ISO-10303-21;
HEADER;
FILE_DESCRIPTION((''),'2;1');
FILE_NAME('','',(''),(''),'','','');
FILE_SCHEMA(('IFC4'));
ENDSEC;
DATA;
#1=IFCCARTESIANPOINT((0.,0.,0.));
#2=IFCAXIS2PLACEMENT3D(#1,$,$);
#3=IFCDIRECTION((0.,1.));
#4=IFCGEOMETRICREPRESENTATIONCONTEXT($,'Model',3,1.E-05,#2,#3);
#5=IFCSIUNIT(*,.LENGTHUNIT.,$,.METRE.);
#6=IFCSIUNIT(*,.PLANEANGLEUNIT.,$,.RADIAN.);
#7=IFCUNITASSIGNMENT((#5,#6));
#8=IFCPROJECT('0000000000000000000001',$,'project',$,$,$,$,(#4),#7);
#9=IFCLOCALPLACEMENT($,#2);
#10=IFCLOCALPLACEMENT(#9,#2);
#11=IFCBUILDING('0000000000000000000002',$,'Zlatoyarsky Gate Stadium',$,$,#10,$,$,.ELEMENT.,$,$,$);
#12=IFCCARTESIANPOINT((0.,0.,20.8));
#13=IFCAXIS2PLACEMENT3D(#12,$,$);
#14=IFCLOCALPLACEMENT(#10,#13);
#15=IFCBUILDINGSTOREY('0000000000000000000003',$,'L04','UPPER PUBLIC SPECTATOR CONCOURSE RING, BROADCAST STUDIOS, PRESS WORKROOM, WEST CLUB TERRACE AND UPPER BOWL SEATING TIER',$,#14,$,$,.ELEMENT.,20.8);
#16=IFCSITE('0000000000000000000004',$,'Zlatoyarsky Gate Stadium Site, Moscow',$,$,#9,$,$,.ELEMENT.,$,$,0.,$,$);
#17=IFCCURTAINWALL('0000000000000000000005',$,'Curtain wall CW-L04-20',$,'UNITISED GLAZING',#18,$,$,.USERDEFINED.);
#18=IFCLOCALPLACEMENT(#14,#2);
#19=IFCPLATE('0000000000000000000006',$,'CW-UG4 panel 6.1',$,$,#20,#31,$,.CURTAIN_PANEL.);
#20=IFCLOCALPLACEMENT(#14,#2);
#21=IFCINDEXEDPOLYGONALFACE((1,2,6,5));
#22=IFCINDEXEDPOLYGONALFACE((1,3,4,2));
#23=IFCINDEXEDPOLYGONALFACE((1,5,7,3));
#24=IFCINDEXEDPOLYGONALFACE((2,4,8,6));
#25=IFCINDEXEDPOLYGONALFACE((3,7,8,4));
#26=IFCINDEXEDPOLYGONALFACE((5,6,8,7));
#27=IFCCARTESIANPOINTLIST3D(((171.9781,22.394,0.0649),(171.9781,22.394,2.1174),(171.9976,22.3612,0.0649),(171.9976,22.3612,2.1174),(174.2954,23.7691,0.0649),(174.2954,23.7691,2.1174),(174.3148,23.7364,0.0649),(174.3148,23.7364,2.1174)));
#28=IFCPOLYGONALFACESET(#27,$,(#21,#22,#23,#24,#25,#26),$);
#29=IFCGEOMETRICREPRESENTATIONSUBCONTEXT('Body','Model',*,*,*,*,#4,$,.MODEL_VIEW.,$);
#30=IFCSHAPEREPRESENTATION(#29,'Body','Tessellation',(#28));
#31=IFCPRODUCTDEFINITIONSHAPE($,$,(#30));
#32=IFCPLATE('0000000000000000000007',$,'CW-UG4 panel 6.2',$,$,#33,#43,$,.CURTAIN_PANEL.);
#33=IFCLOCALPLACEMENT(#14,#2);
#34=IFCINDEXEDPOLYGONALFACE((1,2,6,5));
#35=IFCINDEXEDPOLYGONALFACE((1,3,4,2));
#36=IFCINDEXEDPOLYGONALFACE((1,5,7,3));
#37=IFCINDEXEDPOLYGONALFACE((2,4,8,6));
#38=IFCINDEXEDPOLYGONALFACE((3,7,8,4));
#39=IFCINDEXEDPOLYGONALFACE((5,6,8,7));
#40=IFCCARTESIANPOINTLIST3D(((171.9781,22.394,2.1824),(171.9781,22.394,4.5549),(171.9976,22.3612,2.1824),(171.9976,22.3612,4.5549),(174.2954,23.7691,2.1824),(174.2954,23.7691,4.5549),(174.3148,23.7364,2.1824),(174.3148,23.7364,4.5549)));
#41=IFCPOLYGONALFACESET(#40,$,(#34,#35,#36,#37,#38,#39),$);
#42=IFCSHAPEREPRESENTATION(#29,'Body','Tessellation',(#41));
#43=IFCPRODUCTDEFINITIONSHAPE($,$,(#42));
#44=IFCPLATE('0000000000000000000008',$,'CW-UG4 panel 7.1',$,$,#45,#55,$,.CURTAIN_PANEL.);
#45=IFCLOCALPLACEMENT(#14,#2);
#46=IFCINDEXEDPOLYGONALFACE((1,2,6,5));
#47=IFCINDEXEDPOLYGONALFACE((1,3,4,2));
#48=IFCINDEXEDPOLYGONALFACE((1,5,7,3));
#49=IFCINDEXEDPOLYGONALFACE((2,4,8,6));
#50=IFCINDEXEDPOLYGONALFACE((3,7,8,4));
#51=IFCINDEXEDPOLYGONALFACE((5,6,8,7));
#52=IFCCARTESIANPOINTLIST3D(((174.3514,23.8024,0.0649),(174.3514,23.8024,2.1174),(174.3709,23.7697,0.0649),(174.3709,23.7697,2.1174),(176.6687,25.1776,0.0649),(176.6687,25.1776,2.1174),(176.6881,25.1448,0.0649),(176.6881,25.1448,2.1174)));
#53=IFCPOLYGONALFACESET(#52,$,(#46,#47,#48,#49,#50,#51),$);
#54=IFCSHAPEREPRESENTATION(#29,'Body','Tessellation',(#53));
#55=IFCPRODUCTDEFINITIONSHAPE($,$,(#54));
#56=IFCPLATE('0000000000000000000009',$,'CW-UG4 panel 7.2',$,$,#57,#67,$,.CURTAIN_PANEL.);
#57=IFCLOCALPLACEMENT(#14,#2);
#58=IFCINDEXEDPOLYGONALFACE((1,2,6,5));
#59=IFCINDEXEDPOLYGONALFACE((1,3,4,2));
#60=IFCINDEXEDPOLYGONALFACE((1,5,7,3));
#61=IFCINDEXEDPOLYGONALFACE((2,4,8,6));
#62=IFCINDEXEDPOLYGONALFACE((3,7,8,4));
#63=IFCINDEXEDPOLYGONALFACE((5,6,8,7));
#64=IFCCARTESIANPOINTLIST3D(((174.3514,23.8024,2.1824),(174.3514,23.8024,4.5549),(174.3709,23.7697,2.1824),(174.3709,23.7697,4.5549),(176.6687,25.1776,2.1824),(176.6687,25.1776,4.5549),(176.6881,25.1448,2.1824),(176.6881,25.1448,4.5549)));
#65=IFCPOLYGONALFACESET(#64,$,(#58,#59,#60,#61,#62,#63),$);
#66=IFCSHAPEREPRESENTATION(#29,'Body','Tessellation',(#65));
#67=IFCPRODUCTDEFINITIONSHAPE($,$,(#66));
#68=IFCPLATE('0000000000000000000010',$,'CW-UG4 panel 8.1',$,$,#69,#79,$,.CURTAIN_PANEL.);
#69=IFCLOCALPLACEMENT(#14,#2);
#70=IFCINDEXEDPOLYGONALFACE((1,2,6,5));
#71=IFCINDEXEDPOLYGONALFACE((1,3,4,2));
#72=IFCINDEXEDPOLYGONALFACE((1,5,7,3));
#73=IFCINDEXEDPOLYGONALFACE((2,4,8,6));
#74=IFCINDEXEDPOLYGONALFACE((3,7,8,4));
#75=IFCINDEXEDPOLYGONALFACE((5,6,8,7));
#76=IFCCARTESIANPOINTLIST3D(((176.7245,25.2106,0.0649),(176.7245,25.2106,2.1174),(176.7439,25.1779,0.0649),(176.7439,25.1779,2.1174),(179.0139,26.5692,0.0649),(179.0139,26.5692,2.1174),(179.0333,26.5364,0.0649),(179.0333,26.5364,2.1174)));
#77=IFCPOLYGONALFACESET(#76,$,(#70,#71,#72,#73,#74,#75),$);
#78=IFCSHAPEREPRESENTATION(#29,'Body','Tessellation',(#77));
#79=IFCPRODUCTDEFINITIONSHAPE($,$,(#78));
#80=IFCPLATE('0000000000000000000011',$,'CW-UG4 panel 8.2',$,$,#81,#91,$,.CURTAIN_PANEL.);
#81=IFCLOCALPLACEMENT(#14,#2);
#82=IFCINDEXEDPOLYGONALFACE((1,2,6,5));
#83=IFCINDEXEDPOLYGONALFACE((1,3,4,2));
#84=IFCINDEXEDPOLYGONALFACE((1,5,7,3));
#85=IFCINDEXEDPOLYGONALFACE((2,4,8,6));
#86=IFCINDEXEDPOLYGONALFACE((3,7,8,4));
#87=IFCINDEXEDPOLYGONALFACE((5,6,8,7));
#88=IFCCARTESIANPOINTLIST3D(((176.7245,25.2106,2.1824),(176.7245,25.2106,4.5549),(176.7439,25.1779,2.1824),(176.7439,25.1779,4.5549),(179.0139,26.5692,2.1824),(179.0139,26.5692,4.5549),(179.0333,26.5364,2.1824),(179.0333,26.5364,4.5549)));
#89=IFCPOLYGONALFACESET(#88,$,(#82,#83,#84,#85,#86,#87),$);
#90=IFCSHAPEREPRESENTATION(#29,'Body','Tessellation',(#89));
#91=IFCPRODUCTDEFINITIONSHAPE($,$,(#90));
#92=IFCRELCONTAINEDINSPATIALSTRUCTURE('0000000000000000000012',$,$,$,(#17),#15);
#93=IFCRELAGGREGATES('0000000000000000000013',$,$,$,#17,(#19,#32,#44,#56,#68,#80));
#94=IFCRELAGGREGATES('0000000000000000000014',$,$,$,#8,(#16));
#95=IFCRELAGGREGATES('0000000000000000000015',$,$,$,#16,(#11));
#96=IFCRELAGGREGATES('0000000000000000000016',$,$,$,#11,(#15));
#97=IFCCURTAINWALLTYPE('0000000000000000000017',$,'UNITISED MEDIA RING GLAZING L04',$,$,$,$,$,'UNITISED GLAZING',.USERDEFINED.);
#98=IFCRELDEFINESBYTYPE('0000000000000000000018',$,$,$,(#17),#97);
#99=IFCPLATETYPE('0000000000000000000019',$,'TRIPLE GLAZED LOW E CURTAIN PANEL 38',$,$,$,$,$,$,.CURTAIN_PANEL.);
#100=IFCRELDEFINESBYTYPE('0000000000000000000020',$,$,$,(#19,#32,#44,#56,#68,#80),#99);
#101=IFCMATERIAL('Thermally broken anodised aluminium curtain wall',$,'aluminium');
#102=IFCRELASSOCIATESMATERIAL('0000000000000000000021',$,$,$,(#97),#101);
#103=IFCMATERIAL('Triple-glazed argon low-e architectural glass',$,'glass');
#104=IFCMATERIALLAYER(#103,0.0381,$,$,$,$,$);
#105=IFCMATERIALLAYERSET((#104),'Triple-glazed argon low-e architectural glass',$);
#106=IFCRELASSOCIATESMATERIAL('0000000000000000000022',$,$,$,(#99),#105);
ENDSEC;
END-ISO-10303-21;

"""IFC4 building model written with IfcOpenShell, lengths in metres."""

from ifc_helpers import new_model, si_unit, direction, frame, origin, origin_2d, place, context, subcontext, project, spatial, rectangle, extrude, material, layer, layer_set, type_object, element, aggregate, save


model = new_model("IFC4")

# Units and contexts
model_context = context("Model", 3, precision=1e-05, world=origin(), true_north=direction((0.0, 1.0)))
body_context = subcontext(model_context, "Body", "Model", "MODEL_VIEW")
ifc_project = project(units=[si_unit("LENGTHUNIT", "METRE"), si_unit("PLANEANGLEUNIT", "RADIAN")], contexts=[model_context])

# Site, building, storey
site_placement = place(None, origin())
site = spatial("IfcSite", under=ifc_project, at=site_placement, Name="Zlatoyarsky Gate Stadium Site, Moscow", CompositionType="ELEMENT", RefElevation=0.0)
building_placement = place(site_placement, origin())
building = spatial("IfcBuilding", under=site, at=building_placement, Name="Zlatoyarsky Gate Stadium", CompositionType="ELEMENT")
storey_placement = place(building_placement, frame((0.0, 0.0, 20.8)))
storey = spatial("IfcBuildingStorey", under=building, at=storey_placement, Name="L04", Description="UPPER PUBLIC SPECTATOR CONCOURSE RING, BROADCAST STUDIOS, PRESS WORKROOM, WEST CLUB TERRACE AND UPPER BOWL SEATING TIER", CompositionType="ELEMENT", Elevation=20.8)

# Curtain wall
ifc_material_1 = material(Name="Thermally broken anodised aluminium curtain wall", Category="aluminium")
curtain_wall_type = type_object("IfcCurtainWallType", Name="UNITISED MEDIA RING GLAZING L04", ElementType="UNITISED GLAZING", PredefinedType="USERDEFINED", material=ifc_material_1)
curtain_wall_1_placement = place(storey_placement, origin())
curtain_wall_1 = element("IfcCurtainWall", 1, at=curtain_wall_1_placement, inside=storey, type_object=curtain_wall_type, Name="Curtain wall CW-L04-20", ObjectType="UNITISED GLAZING", PredefinedType="USERDEFINED")

# Plates
ifc_material_2 = material(Name="Triple-glazed argon low-e architectural glass", Category="glass")
ifc_layer_1 = layer(ifc_material_2, 0.0381)
ifc_layer_set_1 = layer_set([ifc_layer_1], Name="Triple-glazed argon low-e architectural glass")
plate_type_1 = type_object("IfcPlateType", Name="TRIPLE GLAZED LOW E CURTAIN PANEL 38", PredefinedType="CURTAIN_PANEL", material=ifc_layer_set_1)
plate_1_placement = place(storey_placement, frame((173.1465, 23.0652, 0.0649), z_axis=(0.0, 0.0, 1.0), x_axis=(0.859978, 0.51033, 0.0)))
plate_1 = element("IfcPlate", 2, at=plate_1_placement, type_object=plate_type_1, Name="CW-UG4 panel 6.1", PredefinedType="CURTAIN_PANEL", context=body_context, shape_type="SweptSolid", body=[
    extrude(rectangle(XDim=2.6946, YDim=0.0381, at=origin_2d()), origin(), (0.0, 0.0, 1.0), 2.0525),
])
plate_2_placement = place(storey_placement, frame((173.1465, 23.0652, 2.1824), z_axis=(0.0, 0.0, 1.0), x_axis=(0.859978, 0.51033, 0.0)))
plate_2 = element("IfcPlate", 3, at=plate_2_placement, type_object=plate_type_1, Name="CW-UG4 panel 6.2", PredefinedType="CURTAIN_PANEL", context=body_context, shape_type="SweptSolid", body=[
    extrude(rectangle(XDim=2.6946, YDim=0.0381, at=origin_2d()), origin(), (0.0, 0.0, 1.0), 2.3726),
])
plate_3_placement = place(storey_placement, frame((175.5198, 24.4736, 0.0649), z_axis=(0.0, 0.0, 1.0), x_axis=(0.859978, 0.51033, 0.0)))
plate_3 = element("IfcPlate", 4, at=plate_3_placement, type_object=plate_type_1, Name="CW-UG4 panel 7.1", PredefinedType="CURTAIN_PANEL", context=body_context, shape_type="SweptSolid", body=[
    extrude(rectangle(XDim=2.6946, YDim=0.0381, at=origin_2d()), origin(), (0.0, 0.0, 1.0), 2.0525),
])
plate_4_placement = place(storey_placement, frame((175.5198, 24.4736, 2.1824), z_axis=(0.0, 0.0, 1.0), x_axis=(0.859978, 0.51033, 0.0)))
plate_4 = element("IfcPlate", 5, at=plate_4_placement, type_object=plate_type_1, Name="CW-UG4 panel 7.2", PredefinedType="CURTAIN_PANEL", context=body_context, shape_type="SweptSolid", body=[
    extrude(rectangle(XDim=2.6946, YDim=0.0381, at=origin_2d()), origin(), (0.0, 0.0, 1.0), 2.3726),
])
plate_5_placement = place(storey_placement, frame((177.8789, 25.8735, 0.0649), z_axis=(0.0, 0.0, 1.0), x_axis=(0.859978, 0.51033, 0.0)))
plate_5 = element("IfcPlate", 6, at=plate_5_placement, type_object=plate_type_1, Name="CW-UG4 panel 8.1", PredefinedType="CURTAIN_PANEL", context=body_context, shape_type="SweptSolid", body=[
    extrude(rectangle(XDim=2.6621, YDim=0.0381, at=origin_2d()), origin(), (0.0, 0.0, 1.0), 2.0525),
])
plate_6_placement = place(storey_placement, frame((177.8789, 25.8735, 2.1824), z_axis=(0.0, 0.0, 1.0), x_axis=(0.859978, 0.51033, 0.0)))
plate_6 = element("IfcPlate", 7, at=plate_6_placement, type_object=plate_type_1, Name="CW-UG4 panel 8.2", PredefinedType="CURTAIN_PANEL", context=body_context, shape_type="SweptSolid", body=[
    extrude(rectangle(XDim=2.6621, YDim=0.0381, at=origin_2d()), origin(), (0.0, 0.0, 1.0), 2.3726),
])
aggregate(curtain_wall_1, [plate_1, plate_2, plate_3, plate_4, plate_5, plate_6])

save(model, "model.ifc")
